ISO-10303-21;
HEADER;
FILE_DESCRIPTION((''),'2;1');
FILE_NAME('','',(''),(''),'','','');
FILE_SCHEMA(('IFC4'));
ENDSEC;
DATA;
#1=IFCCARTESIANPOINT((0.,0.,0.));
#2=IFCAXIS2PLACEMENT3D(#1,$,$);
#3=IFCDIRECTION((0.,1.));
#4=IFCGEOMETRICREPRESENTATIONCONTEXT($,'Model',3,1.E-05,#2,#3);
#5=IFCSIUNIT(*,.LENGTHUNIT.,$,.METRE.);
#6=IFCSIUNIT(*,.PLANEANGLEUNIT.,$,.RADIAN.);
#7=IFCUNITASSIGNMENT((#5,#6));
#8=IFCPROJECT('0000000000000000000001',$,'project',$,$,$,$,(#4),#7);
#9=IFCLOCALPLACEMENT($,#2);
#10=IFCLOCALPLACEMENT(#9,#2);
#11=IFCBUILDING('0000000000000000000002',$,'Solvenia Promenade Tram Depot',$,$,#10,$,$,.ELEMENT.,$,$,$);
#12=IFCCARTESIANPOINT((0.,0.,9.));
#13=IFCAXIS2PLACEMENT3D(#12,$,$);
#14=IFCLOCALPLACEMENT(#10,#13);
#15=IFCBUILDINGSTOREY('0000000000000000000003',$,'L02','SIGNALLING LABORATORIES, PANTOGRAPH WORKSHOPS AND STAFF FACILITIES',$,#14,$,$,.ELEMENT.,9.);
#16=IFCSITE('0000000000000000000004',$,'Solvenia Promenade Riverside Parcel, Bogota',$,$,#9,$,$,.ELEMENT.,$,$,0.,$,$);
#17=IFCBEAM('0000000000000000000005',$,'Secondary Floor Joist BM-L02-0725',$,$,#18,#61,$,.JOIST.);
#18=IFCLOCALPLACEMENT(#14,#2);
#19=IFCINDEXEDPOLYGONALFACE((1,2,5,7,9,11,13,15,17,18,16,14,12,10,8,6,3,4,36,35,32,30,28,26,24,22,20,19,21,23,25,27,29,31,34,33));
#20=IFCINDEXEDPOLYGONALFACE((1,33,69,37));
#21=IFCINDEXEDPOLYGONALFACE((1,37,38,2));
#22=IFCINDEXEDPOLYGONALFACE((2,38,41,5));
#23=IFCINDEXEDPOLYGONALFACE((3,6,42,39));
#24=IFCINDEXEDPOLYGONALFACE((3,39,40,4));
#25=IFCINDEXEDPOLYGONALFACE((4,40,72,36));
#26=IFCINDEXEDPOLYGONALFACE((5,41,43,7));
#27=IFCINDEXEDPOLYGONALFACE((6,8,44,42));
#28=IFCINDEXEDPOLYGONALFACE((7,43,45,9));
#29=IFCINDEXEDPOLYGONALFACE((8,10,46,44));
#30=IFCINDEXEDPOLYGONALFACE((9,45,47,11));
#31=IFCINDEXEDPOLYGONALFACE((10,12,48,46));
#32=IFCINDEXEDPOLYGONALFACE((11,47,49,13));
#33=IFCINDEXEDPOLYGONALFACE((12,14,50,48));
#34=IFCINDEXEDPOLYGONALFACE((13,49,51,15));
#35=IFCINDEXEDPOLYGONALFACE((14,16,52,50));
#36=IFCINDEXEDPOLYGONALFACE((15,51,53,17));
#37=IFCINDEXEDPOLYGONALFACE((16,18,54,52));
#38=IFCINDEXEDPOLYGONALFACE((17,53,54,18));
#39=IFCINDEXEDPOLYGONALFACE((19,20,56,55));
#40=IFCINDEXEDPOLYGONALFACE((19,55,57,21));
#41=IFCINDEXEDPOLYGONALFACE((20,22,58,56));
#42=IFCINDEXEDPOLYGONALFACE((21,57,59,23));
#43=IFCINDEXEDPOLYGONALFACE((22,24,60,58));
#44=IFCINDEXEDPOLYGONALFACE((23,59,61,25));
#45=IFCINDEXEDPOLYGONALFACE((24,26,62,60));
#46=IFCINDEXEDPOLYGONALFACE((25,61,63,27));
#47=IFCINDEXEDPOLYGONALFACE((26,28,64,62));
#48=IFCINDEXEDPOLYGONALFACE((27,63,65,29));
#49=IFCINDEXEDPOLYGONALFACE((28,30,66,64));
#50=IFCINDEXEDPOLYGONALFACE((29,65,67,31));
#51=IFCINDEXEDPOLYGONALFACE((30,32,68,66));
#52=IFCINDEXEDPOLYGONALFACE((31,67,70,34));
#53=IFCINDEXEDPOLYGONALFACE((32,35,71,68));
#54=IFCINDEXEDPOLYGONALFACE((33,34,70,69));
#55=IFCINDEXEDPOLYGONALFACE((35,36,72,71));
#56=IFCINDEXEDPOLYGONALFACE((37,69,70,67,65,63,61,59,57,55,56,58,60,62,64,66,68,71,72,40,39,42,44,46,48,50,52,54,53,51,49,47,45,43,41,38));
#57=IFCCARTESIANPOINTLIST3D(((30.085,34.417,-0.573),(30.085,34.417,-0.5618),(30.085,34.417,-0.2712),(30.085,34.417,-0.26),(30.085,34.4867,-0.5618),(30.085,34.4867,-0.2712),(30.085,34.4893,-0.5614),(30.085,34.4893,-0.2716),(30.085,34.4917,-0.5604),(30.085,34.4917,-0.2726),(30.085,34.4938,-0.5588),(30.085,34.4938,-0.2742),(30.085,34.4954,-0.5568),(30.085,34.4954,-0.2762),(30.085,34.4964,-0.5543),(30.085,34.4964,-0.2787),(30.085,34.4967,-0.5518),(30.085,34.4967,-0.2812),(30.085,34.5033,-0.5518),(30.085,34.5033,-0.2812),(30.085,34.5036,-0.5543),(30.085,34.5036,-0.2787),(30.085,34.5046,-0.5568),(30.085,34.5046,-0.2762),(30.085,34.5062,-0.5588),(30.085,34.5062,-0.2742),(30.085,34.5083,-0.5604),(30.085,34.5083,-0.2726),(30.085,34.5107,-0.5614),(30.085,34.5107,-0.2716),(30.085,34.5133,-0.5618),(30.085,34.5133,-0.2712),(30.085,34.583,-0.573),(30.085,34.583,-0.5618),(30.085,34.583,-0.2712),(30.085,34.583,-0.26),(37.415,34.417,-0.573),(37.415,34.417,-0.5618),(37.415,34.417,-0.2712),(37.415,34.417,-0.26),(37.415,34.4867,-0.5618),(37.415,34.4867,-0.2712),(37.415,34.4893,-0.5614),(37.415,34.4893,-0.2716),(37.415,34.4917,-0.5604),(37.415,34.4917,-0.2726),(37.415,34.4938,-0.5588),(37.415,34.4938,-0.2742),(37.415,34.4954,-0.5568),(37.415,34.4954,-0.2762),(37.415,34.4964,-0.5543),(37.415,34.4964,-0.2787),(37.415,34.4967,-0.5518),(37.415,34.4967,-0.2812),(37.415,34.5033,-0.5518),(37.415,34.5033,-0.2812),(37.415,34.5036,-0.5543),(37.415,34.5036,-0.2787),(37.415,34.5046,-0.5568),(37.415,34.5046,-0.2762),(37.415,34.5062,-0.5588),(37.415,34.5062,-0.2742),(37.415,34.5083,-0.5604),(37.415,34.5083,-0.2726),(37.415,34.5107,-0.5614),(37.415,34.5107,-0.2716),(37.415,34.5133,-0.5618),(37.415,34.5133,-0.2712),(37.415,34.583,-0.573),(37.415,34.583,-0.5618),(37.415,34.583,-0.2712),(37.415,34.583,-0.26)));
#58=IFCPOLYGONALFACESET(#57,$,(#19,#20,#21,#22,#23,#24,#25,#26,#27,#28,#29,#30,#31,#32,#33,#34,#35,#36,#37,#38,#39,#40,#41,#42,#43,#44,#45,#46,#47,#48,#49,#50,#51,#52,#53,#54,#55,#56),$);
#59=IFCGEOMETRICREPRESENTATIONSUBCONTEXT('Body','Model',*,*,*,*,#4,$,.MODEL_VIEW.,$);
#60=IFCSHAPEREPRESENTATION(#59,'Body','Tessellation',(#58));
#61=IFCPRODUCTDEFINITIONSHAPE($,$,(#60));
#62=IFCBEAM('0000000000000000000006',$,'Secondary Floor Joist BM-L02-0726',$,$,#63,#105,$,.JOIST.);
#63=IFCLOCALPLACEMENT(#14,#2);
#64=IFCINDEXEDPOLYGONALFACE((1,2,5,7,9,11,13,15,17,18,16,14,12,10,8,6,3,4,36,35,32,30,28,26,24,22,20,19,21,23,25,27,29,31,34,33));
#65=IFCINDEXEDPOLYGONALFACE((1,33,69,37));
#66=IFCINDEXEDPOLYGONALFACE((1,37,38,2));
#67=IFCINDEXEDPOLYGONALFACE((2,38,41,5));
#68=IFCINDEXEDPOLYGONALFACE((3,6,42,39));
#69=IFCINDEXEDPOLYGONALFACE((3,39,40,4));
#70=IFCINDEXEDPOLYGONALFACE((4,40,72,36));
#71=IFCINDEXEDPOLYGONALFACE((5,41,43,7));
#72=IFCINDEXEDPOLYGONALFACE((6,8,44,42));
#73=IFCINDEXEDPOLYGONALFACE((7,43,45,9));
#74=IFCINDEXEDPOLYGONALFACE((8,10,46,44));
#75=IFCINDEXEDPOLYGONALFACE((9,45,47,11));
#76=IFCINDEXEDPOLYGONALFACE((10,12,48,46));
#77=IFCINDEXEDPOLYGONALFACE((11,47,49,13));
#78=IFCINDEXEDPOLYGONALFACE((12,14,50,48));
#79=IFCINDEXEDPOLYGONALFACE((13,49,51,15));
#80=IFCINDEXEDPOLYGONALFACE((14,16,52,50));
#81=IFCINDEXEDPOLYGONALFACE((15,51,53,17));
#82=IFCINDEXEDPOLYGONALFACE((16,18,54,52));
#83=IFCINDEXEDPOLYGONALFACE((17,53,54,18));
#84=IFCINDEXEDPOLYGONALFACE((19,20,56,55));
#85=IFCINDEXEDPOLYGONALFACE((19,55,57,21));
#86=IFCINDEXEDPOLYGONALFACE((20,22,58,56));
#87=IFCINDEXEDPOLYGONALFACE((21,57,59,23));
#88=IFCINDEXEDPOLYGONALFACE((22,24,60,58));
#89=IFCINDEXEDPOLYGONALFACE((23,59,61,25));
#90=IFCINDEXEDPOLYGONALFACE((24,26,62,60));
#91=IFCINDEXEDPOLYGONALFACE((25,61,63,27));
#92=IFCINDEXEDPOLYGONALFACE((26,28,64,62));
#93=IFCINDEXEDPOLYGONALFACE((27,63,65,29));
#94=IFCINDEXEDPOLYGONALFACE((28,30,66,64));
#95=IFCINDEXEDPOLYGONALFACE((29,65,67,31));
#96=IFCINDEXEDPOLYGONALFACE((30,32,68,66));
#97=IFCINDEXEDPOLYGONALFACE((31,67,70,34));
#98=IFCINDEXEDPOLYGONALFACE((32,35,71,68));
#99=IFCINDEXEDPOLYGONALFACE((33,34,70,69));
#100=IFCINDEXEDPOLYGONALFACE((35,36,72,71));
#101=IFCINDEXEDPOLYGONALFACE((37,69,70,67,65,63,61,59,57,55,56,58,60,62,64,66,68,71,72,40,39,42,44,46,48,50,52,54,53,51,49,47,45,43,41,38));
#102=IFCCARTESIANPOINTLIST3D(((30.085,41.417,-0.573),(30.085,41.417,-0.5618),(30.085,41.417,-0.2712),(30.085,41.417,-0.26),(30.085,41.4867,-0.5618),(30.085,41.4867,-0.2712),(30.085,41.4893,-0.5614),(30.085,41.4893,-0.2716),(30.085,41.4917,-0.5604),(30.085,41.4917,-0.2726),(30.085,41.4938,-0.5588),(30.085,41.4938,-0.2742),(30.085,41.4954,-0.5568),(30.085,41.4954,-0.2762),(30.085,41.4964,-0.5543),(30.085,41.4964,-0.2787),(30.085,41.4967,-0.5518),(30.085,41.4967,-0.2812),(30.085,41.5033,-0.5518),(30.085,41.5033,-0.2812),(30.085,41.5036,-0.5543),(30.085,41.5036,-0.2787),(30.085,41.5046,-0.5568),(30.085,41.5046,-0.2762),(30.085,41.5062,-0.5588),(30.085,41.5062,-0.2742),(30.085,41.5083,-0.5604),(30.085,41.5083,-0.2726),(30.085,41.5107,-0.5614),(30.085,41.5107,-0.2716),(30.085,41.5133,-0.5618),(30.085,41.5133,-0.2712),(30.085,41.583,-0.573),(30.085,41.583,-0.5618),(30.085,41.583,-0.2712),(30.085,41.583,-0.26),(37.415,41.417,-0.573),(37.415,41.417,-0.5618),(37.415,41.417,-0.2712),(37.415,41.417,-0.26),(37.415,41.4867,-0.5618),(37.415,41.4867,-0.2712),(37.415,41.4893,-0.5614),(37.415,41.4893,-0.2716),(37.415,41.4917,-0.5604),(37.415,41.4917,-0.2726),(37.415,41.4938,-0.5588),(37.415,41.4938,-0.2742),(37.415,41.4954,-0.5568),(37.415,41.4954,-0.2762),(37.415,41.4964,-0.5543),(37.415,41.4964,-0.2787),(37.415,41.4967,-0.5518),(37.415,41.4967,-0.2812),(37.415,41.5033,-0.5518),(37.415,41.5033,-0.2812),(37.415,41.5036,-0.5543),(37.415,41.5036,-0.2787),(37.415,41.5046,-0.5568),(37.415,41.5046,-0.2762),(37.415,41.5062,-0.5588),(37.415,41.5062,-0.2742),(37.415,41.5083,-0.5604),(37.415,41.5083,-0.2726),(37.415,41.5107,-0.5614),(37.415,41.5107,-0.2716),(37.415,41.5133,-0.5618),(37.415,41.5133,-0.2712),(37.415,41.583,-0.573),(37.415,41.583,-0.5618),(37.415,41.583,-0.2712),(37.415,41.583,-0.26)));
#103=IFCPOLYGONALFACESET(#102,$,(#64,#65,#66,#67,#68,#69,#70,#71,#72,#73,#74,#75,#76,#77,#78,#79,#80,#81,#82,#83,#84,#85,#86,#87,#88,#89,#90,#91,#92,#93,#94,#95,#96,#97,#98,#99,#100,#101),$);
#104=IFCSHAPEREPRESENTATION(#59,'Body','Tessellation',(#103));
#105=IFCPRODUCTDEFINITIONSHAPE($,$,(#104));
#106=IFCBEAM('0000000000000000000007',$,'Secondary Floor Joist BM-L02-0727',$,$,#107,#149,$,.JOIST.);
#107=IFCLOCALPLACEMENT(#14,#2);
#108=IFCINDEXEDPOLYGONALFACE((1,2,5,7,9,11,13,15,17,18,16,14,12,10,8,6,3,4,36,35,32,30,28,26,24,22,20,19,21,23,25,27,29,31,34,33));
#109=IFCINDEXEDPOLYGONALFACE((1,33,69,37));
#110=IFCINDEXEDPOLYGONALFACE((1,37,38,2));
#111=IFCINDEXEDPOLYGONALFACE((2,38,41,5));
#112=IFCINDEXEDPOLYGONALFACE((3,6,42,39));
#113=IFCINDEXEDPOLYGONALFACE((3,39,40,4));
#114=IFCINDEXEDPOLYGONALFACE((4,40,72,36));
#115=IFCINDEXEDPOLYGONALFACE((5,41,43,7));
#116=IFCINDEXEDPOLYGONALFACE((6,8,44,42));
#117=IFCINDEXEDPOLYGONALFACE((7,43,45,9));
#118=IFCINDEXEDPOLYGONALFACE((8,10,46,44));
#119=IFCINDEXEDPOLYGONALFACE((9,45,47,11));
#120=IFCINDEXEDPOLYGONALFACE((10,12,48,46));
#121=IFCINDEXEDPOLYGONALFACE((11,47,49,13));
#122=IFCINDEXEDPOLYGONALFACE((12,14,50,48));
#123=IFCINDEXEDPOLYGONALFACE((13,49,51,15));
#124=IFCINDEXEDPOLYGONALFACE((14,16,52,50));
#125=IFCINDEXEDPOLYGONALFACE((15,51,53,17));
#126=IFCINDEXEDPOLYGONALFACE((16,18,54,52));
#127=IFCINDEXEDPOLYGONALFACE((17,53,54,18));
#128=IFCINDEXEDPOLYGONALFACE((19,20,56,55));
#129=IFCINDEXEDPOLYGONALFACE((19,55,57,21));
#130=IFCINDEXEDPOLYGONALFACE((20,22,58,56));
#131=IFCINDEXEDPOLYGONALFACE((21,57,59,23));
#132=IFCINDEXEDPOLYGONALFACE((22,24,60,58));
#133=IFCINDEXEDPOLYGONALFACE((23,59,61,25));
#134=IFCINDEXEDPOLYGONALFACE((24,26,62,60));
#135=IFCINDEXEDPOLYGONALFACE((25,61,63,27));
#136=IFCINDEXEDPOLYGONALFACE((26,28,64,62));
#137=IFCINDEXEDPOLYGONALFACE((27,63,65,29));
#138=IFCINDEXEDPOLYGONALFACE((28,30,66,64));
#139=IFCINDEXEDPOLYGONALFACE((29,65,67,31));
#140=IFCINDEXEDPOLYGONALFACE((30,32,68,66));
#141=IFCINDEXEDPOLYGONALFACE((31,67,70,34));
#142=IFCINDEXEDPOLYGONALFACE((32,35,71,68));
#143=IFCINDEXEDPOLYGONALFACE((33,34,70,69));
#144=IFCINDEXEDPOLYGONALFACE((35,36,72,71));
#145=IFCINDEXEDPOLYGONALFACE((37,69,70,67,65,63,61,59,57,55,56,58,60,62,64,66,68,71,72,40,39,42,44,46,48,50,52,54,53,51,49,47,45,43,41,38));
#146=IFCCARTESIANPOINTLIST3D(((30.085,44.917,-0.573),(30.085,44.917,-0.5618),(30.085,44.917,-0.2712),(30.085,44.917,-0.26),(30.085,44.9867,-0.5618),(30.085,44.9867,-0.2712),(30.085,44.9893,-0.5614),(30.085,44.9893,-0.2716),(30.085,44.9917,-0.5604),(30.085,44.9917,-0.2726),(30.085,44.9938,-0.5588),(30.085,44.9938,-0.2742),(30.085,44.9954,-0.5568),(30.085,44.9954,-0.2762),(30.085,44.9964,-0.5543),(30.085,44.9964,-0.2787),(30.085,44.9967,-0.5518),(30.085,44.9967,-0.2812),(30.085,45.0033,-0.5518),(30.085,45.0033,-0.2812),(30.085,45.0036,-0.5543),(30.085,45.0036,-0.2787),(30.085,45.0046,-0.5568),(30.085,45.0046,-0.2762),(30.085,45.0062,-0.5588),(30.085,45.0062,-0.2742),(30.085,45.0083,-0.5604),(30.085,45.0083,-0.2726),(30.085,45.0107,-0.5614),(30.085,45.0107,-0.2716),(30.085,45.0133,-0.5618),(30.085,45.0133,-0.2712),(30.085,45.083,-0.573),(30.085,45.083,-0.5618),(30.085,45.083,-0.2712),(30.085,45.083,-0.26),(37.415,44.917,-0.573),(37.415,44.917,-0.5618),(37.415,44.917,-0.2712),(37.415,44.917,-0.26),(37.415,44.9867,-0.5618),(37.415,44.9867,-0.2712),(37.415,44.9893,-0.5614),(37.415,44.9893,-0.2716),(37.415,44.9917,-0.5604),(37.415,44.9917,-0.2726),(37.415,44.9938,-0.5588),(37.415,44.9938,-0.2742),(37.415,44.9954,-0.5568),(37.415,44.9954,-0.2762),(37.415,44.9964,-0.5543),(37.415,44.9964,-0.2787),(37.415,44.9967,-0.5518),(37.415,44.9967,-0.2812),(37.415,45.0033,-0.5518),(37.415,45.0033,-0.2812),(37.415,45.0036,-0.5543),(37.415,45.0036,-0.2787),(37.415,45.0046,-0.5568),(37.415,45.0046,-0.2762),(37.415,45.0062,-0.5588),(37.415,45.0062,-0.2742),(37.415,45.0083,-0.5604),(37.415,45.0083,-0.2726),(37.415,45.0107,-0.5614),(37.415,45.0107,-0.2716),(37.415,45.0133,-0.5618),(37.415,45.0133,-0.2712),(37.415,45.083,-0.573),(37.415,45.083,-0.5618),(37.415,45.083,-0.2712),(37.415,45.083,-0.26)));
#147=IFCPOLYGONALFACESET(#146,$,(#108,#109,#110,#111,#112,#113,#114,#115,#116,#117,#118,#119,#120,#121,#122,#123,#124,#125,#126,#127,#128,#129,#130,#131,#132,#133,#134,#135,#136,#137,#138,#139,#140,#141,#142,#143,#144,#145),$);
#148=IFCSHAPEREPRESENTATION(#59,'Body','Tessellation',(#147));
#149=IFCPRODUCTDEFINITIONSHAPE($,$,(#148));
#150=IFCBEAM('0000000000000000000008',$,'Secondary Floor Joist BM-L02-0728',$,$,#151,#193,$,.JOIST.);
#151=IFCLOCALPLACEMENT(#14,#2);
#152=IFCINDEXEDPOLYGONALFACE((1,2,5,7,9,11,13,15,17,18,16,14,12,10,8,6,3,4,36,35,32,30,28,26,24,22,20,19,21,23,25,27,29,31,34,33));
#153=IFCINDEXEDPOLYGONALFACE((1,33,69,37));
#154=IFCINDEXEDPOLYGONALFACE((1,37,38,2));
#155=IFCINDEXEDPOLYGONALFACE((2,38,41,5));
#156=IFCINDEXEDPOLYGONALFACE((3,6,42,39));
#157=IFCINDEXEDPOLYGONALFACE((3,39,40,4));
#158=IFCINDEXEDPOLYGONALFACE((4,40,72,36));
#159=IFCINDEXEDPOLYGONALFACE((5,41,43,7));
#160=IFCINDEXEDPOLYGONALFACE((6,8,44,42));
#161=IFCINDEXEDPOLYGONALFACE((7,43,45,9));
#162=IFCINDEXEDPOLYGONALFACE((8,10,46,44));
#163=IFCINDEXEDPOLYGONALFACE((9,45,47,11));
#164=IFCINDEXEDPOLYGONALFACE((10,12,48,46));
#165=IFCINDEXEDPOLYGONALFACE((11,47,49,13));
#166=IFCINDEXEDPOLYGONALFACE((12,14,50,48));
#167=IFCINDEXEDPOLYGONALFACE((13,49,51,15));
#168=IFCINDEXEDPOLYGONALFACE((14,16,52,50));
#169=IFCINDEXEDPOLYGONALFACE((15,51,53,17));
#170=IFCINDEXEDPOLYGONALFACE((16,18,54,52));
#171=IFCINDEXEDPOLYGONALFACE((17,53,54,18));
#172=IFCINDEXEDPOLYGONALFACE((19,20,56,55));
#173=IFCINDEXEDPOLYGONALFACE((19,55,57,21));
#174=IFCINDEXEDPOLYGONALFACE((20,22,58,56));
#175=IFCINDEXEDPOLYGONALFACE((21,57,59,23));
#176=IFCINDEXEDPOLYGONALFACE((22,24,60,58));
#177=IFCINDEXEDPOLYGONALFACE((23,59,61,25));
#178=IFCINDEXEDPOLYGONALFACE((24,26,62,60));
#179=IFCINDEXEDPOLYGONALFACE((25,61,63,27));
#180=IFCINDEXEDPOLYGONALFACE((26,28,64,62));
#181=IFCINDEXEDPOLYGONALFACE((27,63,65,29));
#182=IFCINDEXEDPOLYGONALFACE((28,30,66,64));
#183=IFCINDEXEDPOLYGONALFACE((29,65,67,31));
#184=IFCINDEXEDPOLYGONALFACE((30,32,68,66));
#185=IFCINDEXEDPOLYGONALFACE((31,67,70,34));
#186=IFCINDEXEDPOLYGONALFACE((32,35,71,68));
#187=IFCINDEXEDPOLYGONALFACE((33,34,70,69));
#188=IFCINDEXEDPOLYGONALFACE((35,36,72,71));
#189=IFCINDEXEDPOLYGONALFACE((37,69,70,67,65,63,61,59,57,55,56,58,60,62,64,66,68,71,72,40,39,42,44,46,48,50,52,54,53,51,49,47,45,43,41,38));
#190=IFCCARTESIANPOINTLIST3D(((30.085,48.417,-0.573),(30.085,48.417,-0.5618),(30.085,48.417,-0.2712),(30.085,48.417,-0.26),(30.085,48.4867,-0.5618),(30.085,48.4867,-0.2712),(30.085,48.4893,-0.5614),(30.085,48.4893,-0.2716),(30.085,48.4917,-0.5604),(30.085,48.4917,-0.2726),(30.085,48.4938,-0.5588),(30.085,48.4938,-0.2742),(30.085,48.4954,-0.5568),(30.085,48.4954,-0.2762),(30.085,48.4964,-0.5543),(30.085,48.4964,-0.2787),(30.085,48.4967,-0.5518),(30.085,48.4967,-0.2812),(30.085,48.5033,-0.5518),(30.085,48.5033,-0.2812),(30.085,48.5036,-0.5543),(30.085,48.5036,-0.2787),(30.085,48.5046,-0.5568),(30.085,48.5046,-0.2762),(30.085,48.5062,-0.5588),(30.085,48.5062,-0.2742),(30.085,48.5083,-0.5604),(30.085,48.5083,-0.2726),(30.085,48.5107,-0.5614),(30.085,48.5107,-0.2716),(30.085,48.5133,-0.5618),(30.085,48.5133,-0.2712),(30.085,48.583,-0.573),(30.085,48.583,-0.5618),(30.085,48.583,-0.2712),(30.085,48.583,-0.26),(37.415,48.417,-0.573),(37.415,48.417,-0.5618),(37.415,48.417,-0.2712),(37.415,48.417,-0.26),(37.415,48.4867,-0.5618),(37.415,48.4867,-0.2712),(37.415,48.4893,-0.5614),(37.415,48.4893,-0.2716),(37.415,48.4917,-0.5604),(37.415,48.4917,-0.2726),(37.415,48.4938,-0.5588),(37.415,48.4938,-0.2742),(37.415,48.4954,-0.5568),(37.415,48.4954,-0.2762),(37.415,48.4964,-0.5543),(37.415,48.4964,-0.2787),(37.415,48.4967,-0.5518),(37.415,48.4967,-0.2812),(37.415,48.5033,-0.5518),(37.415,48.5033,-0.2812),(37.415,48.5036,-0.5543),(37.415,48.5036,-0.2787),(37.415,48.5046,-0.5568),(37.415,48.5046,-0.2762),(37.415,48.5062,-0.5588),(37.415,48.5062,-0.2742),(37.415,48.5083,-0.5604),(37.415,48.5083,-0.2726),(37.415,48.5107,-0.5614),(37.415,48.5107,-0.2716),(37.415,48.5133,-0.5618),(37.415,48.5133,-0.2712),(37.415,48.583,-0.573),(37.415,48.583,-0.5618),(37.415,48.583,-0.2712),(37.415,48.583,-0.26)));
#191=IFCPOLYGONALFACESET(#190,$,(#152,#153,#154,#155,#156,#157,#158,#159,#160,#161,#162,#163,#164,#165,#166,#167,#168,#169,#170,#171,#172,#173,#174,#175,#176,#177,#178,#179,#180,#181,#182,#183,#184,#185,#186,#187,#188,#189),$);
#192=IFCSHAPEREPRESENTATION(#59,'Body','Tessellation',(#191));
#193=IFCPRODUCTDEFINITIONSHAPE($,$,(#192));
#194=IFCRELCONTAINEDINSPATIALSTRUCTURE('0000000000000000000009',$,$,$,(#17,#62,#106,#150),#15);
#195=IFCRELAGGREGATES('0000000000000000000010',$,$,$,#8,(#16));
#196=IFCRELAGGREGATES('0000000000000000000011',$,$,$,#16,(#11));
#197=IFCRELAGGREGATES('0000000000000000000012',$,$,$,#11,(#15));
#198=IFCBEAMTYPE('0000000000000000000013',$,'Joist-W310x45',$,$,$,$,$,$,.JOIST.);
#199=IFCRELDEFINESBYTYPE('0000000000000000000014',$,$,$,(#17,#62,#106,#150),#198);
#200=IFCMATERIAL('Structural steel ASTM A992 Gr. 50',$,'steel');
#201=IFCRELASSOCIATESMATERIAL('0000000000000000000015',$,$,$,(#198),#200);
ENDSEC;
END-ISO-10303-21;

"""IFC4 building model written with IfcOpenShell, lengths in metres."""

from ifc_helpers import new_model, si_unit, direction, frame, origin, origin_2d, place, context, subcontext, project, spatial, i_section, extrude, material, material_profile, profile_set, type_object, element, save


model = new_model("IFC4")

# Units and contexts
model_context = context("Model", 3, precision=1e-05, world=origin(), true_north=direction((0.0, 1.0)))
body_context = subcontext(model_context, "Body", "Model", "MODEL_VIEW")
ifc_project = project(units=[si_unit("LENGTHUNIT", "METRE"), si_unit("PLANEANGLEUNIT", "RADIAN")], contexts=[model_context])

# Site, building, storey
site_placement = place(None, origin())
site = spatial("IfcSite", under=ifc_project, at=site_placement, Name="Solvenia Promenade Riverside Parcel, Bogota", CompositionType="ELEMENT", RefElevation=0.0)
building_placement = place(site_placement, origin())
building = spatial("IfcBuilding", under=site, at=building_placement, Name="Solvenia Promenade Tram Depot", CompositionType="ELEMENT")
storey_placement = place(building_placement, frame((0.0, 0.0, 9.0)))
storey = spatial("IfcBuildingStorey", under=building, at=storey_placement, Name="L02", Description="SIGNALLING LABORATORIES, PANTOGRAPH WORKSHOPS AND STAFF FACILITIES", CompositionType="ELEMENT", Elevation=9.0)

# Beams
ifc_material_1 = material(Name="Structural steel ASTM A992 Gr. 50", Category="steel")
ifc_material_profile_1 = material_profile(ifc_material_1, i_section(OverallWidth=0.166, OverallDepth=0.313, WebThickness=0.0066, FlangeThickness=0.0112, FilletRadius=0.01, at=origin_2d()), Name="W310x45", Category="steel")
ifc_profile_set_1 = profile_set([ifc_material_profile_1], Name="Structural steel ASTM A992 Gr. 50")
beam_type_1 = type_object("IfcBeamType", Name="Joist-W310x45", PredefinedType="JOIST", material=ifc_profile_set_1)
for number, where, z_axis, x_axis, name in (
    (1, (30.085, 34.5, -0.4165), (1.0, 0.0, 0.0), (0.0, 1.0, 0.0), "Secondary Floor Joist BM-L02-0725"),
    (2, (30.085, 41.5, -0.4165), (1.0, 0.0, 0.0), (0.0, 1.0, 0.0), "Secondary Floor Joist BM-L02-0726"),
    (3, (30.085, 45.0, -0.4165), (1.0, 0.0, 0.0), (0.0, 1.0, 0.0), "Secondary Floor Joist BM-L02-0727"),
    (4, (30.085, 48.5, -0.4165), (1.0, 0.0, 0.0), (0.0, 1.0, 0.0), "Secondary Floor Joist BM-L02-0728"),
):
    element("IfcBeam", number, at=place(storey_placement, frame(where, z_axis=z_axis, x_axis=x_axis)), inside=storey, type_object=beam_type_1, Name=name, PredefinedType="JOIST", context=body_context, shape_type="SweptSolid", body=[
        extrude(i_section(OverallWidth=0.166, OverallDepth=0.313, WebThickness=0.0066, FlangeThickness=0.0112, FilletRadius=0.01, at=origin_2d()), origin(), (0.0, 0.0, 1.0), 7.3301),
    ])

save(model, "model.ifc")
